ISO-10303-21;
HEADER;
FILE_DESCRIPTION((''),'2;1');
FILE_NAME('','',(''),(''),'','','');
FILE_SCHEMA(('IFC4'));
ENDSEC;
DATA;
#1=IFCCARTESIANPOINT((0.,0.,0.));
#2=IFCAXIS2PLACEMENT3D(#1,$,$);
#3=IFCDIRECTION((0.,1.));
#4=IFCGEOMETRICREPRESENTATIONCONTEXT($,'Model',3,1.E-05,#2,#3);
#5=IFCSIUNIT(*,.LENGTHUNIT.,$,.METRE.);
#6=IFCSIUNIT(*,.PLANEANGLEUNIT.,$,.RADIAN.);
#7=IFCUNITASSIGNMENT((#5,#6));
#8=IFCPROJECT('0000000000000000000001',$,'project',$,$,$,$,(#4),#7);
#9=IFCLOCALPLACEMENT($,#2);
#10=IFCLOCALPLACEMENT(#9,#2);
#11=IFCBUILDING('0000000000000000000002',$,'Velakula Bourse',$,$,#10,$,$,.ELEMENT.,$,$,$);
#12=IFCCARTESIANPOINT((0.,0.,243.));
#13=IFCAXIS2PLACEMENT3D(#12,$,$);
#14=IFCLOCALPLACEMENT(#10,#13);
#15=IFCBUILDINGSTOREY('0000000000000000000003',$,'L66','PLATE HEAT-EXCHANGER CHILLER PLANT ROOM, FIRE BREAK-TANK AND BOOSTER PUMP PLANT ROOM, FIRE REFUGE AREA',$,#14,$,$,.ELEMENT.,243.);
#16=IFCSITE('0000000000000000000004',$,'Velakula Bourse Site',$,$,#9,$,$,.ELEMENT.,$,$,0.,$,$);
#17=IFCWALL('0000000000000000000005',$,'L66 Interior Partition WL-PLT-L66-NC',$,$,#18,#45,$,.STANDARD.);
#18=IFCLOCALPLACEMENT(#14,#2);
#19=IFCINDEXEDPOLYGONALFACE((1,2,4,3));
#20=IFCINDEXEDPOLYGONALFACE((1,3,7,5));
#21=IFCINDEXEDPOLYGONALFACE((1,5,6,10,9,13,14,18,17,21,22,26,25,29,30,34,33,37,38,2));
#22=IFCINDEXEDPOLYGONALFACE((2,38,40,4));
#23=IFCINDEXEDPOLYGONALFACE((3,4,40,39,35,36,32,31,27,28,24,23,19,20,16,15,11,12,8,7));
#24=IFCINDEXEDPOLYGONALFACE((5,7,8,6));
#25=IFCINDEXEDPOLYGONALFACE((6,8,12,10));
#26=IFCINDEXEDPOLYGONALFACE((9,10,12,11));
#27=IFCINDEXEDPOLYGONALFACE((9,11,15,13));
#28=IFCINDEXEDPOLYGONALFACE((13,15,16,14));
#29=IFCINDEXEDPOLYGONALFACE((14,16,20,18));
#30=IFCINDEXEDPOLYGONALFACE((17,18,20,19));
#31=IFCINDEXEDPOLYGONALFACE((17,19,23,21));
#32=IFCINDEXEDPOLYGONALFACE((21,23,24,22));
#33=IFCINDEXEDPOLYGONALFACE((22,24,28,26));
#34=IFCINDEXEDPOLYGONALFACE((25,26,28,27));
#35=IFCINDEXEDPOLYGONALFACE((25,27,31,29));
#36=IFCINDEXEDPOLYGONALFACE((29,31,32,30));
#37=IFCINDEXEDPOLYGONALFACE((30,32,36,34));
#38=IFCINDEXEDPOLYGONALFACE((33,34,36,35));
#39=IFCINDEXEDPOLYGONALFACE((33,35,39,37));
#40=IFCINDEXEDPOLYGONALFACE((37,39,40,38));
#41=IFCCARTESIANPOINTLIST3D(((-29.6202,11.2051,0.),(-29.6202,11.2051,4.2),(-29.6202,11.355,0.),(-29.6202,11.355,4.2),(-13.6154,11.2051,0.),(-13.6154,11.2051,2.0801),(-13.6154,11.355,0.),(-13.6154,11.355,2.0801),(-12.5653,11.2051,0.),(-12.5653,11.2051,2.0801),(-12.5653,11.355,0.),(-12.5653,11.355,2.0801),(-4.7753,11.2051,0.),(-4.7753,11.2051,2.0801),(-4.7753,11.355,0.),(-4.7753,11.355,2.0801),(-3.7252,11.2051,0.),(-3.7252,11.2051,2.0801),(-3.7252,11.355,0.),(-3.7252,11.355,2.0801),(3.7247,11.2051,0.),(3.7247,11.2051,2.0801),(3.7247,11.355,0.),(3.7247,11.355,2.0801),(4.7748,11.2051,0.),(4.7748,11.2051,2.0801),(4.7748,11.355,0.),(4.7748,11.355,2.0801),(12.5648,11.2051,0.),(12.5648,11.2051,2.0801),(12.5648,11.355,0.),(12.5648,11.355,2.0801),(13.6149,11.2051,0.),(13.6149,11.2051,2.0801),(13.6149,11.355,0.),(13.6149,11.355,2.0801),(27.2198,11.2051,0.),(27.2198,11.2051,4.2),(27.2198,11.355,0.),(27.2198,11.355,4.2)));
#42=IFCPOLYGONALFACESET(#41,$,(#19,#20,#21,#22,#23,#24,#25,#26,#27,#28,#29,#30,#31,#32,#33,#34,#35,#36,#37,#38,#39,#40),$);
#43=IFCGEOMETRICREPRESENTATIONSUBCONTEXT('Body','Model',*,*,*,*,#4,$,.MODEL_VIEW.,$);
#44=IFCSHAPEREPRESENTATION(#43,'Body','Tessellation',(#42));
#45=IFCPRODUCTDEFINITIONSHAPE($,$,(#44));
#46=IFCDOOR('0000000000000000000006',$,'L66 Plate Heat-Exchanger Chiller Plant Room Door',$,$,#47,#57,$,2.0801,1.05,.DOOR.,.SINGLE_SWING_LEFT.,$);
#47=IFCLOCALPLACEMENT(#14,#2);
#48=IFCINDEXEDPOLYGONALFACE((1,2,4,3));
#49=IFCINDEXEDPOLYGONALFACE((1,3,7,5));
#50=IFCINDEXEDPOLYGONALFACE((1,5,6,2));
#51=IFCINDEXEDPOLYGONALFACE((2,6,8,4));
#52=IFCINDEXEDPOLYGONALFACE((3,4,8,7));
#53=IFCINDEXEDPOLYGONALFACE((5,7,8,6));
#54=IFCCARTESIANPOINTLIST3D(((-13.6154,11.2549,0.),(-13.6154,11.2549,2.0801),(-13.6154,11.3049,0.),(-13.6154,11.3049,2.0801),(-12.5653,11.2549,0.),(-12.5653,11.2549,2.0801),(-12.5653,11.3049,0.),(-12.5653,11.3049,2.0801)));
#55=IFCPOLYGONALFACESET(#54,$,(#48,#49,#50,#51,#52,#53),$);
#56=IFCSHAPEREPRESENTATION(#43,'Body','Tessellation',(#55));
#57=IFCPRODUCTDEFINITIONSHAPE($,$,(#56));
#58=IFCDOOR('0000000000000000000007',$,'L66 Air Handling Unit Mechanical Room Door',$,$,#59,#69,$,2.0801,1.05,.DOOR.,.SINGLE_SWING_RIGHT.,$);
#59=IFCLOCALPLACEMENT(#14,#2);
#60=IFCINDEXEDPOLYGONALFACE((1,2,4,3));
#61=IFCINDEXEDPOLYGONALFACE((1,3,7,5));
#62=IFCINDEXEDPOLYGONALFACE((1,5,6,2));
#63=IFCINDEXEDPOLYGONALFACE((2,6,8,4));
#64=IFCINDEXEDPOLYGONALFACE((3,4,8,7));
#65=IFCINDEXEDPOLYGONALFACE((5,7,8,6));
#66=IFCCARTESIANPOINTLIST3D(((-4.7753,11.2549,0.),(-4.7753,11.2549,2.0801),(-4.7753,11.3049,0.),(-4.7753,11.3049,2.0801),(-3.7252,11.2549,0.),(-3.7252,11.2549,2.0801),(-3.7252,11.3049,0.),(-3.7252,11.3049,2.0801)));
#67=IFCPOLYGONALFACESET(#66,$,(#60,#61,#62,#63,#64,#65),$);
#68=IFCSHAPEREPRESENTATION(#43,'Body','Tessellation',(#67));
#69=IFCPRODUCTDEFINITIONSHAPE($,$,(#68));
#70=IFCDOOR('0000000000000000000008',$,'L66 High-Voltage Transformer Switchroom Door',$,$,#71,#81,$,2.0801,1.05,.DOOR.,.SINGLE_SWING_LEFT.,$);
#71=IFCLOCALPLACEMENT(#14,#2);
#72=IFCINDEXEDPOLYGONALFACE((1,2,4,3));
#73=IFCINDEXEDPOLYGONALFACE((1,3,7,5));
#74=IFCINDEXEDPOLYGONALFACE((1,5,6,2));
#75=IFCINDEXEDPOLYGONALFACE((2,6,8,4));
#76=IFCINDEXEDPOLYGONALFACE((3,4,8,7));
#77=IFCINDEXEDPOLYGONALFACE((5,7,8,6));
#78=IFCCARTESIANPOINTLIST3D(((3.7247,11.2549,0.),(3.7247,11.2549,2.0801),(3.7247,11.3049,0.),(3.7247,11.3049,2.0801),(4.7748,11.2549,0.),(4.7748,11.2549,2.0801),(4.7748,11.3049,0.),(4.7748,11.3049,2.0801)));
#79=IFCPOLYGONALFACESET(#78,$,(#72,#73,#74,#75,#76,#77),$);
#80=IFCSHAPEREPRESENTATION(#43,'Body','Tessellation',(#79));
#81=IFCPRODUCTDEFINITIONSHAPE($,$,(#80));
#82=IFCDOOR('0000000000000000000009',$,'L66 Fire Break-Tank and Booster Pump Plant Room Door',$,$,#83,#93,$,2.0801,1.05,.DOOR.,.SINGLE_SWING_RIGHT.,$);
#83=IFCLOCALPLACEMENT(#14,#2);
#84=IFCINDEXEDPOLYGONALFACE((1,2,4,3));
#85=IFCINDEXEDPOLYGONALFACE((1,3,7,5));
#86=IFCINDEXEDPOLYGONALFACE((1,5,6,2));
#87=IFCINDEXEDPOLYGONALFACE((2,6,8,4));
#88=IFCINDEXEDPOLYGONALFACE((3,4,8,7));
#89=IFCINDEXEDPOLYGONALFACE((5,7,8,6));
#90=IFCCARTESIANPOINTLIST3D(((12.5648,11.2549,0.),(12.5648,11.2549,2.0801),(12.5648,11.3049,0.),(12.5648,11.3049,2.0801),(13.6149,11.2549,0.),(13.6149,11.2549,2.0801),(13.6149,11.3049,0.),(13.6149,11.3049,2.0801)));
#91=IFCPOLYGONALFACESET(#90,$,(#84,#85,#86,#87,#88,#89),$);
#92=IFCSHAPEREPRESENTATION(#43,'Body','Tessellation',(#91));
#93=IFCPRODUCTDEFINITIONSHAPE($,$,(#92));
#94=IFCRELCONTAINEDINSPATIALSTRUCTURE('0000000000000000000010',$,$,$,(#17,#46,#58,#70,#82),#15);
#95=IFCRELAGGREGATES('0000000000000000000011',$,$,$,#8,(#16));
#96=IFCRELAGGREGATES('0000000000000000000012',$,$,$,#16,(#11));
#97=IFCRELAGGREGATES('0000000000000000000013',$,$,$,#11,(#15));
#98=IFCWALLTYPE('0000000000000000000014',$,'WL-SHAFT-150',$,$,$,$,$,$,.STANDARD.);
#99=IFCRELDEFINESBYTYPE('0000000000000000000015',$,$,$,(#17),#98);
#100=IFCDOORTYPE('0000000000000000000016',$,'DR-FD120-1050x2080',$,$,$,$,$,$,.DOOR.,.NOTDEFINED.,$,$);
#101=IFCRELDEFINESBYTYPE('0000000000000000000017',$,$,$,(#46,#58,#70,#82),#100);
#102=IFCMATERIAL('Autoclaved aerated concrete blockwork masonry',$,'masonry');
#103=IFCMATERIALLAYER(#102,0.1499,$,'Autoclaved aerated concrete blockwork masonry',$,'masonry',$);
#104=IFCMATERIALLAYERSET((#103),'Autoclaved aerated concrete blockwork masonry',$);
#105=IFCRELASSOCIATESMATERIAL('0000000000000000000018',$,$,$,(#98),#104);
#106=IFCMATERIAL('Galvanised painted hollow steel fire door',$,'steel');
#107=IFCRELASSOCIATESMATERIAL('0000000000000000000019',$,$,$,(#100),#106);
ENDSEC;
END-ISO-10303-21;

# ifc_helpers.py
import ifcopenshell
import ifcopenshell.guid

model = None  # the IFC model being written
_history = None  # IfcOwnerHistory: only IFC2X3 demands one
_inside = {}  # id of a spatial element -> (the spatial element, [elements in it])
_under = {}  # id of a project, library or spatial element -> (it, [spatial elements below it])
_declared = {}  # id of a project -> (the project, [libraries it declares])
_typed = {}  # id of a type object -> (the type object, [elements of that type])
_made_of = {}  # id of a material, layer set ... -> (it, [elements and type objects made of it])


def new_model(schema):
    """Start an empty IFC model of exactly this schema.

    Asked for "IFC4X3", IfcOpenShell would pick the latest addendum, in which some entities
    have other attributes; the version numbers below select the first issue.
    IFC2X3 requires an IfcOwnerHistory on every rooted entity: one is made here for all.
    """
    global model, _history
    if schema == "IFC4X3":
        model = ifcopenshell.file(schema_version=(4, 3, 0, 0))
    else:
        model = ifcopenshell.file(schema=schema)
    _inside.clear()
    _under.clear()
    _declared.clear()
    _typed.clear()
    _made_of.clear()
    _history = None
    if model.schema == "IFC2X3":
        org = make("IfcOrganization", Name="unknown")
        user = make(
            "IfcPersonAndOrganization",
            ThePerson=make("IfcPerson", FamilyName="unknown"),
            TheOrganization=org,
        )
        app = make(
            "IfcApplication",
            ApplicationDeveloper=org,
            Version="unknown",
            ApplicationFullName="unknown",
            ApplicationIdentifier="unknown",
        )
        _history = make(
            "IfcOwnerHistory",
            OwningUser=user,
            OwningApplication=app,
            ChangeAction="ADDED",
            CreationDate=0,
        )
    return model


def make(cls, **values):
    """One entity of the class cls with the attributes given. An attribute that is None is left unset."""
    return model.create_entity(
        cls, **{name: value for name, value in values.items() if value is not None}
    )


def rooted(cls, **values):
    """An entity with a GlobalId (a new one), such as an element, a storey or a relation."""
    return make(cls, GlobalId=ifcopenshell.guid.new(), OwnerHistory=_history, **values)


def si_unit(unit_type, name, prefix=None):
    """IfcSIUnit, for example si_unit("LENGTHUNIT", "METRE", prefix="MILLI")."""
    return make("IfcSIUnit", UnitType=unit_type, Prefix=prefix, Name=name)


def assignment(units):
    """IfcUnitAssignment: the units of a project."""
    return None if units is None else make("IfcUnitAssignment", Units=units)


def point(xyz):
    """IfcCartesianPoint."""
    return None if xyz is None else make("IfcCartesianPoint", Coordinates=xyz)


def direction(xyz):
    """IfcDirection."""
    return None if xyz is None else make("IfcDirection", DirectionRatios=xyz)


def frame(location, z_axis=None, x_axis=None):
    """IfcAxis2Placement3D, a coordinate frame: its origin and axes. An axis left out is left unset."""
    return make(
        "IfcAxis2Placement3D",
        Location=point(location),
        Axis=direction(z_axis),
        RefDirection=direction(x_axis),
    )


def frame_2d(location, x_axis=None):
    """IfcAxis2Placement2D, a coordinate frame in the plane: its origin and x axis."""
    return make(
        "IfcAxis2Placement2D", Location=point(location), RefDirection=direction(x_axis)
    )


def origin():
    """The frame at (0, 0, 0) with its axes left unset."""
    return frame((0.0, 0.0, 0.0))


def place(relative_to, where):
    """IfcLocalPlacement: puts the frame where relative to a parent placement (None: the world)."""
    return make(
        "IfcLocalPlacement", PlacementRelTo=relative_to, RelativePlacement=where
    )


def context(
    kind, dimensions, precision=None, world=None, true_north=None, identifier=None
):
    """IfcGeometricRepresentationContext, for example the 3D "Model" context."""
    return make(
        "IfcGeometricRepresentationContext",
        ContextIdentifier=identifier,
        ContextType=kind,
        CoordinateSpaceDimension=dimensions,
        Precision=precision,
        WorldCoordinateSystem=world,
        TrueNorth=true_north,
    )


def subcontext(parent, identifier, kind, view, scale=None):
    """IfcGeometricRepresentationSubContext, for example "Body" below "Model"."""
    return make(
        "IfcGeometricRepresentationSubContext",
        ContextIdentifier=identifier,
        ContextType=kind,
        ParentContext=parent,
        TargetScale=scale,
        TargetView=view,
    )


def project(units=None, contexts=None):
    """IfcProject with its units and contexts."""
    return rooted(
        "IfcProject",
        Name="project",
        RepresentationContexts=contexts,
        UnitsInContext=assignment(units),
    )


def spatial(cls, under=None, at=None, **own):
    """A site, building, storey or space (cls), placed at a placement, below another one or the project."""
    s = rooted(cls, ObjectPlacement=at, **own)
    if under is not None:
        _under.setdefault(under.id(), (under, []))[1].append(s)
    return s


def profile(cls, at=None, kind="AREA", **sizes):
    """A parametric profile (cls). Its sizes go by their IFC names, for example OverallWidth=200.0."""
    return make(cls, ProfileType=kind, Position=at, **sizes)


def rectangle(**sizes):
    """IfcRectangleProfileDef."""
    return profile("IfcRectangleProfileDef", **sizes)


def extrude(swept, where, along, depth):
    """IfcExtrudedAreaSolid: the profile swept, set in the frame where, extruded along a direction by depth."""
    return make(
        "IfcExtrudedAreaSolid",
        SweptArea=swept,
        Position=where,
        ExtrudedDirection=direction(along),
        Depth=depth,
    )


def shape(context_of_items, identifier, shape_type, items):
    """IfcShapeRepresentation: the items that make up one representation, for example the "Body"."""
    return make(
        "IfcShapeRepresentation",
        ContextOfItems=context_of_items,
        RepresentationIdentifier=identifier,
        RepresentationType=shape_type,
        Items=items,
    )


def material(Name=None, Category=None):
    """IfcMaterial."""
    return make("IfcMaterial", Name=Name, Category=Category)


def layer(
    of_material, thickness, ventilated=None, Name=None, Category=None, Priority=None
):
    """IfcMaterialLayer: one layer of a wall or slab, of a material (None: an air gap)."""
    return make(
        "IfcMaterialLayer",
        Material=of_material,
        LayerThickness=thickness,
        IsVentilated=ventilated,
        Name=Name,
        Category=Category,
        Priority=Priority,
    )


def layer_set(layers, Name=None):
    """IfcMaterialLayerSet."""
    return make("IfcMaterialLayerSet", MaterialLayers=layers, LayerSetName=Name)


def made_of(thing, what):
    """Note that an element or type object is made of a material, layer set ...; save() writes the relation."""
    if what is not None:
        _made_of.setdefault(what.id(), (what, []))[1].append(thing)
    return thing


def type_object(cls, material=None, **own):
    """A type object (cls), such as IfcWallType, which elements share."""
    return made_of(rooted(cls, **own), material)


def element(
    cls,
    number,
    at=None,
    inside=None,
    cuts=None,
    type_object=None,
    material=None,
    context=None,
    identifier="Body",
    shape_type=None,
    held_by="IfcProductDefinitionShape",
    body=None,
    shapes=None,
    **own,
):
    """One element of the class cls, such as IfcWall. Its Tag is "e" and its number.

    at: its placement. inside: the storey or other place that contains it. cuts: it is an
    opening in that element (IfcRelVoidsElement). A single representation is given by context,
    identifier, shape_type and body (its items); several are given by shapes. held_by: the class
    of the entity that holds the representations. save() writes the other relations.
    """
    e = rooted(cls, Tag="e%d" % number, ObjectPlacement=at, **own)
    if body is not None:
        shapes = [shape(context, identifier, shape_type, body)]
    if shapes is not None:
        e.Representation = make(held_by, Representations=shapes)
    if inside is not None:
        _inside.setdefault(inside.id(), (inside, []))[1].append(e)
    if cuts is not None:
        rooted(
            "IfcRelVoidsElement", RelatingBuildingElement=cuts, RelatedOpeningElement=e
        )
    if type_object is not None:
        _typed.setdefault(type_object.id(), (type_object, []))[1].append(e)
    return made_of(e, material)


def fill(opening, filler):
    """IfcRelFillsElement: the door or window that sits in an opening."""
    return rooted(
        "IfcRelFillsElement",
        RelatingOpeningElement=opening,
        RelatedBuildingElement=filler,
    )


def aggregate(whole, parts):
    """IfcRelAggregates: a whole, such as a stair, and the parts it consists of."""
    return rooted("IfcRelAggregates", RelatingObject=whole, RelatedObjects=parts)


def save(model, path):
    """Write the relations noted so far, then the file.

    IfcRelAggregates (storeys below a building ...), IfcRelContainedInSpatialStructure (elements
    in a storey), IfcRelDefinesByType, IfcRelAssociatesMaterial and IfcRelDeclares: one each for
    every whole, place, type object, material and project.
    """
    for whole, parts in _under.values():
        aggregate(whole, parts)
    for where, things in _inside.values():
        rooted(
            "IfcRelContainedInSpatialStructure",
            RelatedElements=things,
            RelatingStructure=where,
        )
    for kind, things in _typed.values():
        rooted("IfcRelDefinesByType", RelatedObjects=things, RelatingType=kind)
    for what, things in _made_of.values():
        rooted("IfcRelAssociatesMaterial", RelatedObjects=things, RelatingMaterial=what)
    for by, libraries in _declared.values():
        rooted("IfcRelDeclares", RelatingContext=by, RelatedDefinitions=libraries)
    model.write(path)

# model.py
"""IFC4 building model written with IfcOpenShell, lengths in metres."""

from ifc_helpers import new_model, si_unit, direction, frame, frame_2d, origin, place, context, subcontext, project, spatial, rectangle, extrude, material, layer, layer_set, type_object, element, fill, save


model = new_model("IFC4")

# Units and contexts
model_context = context("Model", 3, precision=1e-05, world=origin(), true_north=direction((0.0, 1.0)))
body_context = subcontext(model_context, "Body", "Model", "MODEL_VIEW")
ifc_project = project(units=[si_unit("LENGTHUNIT", "METRE"), si_unit("PLANEANGLEUNIT", "RADIAN")], contexts=[model_context])

# Site, building, storey
site_placement = place(None, origin())
site = spatial("IfcSite", under=ifc_project, at=site_placement, Name="Velakula Bourse Site", CompositionType="ELEMENT", RefElevation=0.0)
building_placement = place(site_placement, origin())
building = spatial("IfcBuilding", under=site, at=building_placement, Name="Velakula Bourse", CompositionType="ELEMENT")
storey_placement = place(building_placement, frame((0.0, 0.0, 243.0)))
storey = spatial("IfcBuildingStorey", under=building, at=storey_placement, Name="L66", Description="PLATE HEAT-EXCHANGER CHILLER PLANT ROOM, FIRE BREAK-TANK AND BOOSTER PUMP PLANT ROOM, FIRE REFUGE AREA", CompositionType="ELEMENT", Elevation=243.0)

# Wall, openings, doors
ifc_material_1 = material(Name="Autoclaved aerated concrete blockwork masonry", Category="masonry")
ifc_layer_1 = layer(ifc_material_1, 0.1499, Name="Autoclaved aerated concrete blockwork masonry", Category="masonry")
ifc_layer_set_1 = layer_set([ifc_layer_1], Name="Autoclaved aerated concrete blockwork masonry")
wall_type_1 = type_object("IfcWallType", Name="WL-SHAFT-150", PredefinedType="STANDARD", material=ifc_layer_set_1)
wall_1_placement = place(storey_placement, frame((-29.6201, 11.28, 0.0), z_axis=(0.0, 0.0, 1.0), x_axis=(1.0, 0.0, 0.0)))
wall_1 = element("IfcWall", 1, at=wall_1_placement, inside=storey, type_object=wall_type_1, Name="L66 Interior Partition WL-PLT-L66-NC", PredefinedType="STANDARD", context=body_context, shape_type="SweptSolid", body=[
    extrude(rectangle(XDim=56.8401, YDim=0.1499, at=frame_2d((28.4199, 0.0))), origin(), (0.0, 0.0, 1.0), 4.2),
])
opening_1_placement = place(wall_1_placement, frame((16.0049, 0.0, 0.0)))
opening_1 = element("IfcOpeningElement", 2, at=opening_1_placement, cuts=wall_1, PredefinedType="OPENING", context=body_context, shape_type="SweptSolid", body=[
    extrude(rectangle(XDim=1.05, YDim=2.0801, at=frame_2d((0.5249, 1.04))), frame((0.0, 0.085, 0.0), z_axis=(0.0, -1.0, 0.0), x_axis=(1.0, 0.0, 0.0)), (0.0, 0.0, 1.0), 0.1699),
])
opening_2_placement = place(wall_1_placement, frame((24.845, 0.0, 0.0)))
opening_2 = element("IfcOpeningElement", 3, at=opening_2_placement, cuts=wall_1, PredefinedType="OPENING", context=body_context, shape_type="SweptSolid", body=[
    extrude(rectangle(XDim=1.05, YDim=2.0801, at=frame_2d((0.5249, 1.04))), frame((0.0, 0.085, 0.0), z_axis=(0.0, -1.0, 0.0), x_axis=(1.0, 0.0, 0.0)), (0.0, 0.0, 1.0), 0.1699),
])
opening_3_placement = place(wall_1_placement, frame((33.345, 0.0, 0.0)))
opening_3 = element("IfcOpeningElement", 4, at=opening_3_placement, cuts=wall_1, PredefinedType="OPENING", context=body_context, shape_type="SweptSolid", body=[
    extrude(rectangle(XDim=1.05, YDim=2.0801, at=frame_2d((0.5249, 1.04))), frame((0.0, 0.085, 0.0), z_axis=(0.0, -1.0, 0.0), x_axis=(1.0, 0.0, 0.0)), (0.0, 0.0, 1.0), 0.1699),
])
opening_4_placement = place(wall_1_placement, frame((42.1851, 0.0, 0.0)))
opening_4 = element("IfcOpeningElement", 5, at=opening_4_placement, cuts=wall_1, PredefinedType="OPENING", context=body_context, shape_type="SweptSolid", body=[
    extrude(rectangle(XDim=1.05, YDim=2.0801, at=frame_2d((0.5249, 1.04))), frame((0.0, 0.085, 0.0), z_axis=(0.0, -1.0, 0.0), x_axis=(1.0, 0.0, 0.0)), (0.0, 0.0, 1.0), 0.1699),
])
ifc_material_2 = material(Name="Galvanised painted hollow steel fire door", Category="steel")
door_type_1 = type_object("IfcDoorType", Name="DR-FD120-1050x2080", OperationType="NOTDEFINED", PredefinedType="DOOR", material=ifc_material_2)
door_1_placement = place(opening_1_placement, origin())
door_1 = element("IfcDoor", 6, at=door_1_placement, inside=storey, type_object=door_type_1, Name="L66 Plate Heat-Exchanger Chiller Plant Room Door", OperationType="SINGLE_SWING_LEFT", OverallHeight=2.0801, OverallWidth=1.05, PredefinedType="DOOR", context=body_context, shape_type="SweptSolid", body=[
    extrude(rectangle(XDim=1.05, YDim=2.0801, at=frame_2d((0.5249, 1.04))), frame((0.0, 0.0249, 0.0), z_axis=(0.0, -1.0, 0.0), x_axis=(1.0, 0.0, 0.0)), (0.0, 0.0, 1.0), 0.05),
])
fill(opening_1, door_1)
door_2_placement = place(opening_2_placement, origin())
door_2 = element("IfcDoor", 7, at=door_2_placement, inside=storey, type_object=door_type_1, Name="L66 Air Handling Unit Mechanical Room Door", OperationType="SINGLE_SWING_RIGHT", OverallHeight=2.0801, OverallWidth=1.05, PredefinedType="DOOR", context=body_context, shape_type="SweptSolid", body=[
    extrude(rectangle(XDim=1.05, YDim=2.0801, at=frame_2d((0.5249, 1.04))), frame((0.0, 0.0249, 0.0), z_axis=(0.0, -1.0, 0.0), x_axis=(1.0, 0.0, 0.0)), (0.0, 0.0, 1.0), 0.05),
])
fill(opening_2, door_2)
door_3_placement = place(opening_3_placement, origin())
door_3 = element("IfcDoor", 8, at=door_3_placement, inside=storey, type_object=door_type_1, Name="L66 High-Voltage Transformer Switchroom Door", OperationType="SINGLE_SWING_LEFT", OverallHeight=2.0801, OverallWidth=1.05, PredefinedType="DOOR", context=body_context, shape_type="SweptSolid", body=[
    extrude(rectangle(XDim=1.05, YDim=2.0801, at=frame_2d((0.5249, 1.04))), frame((0.0, 0.0249, 0.0), z_axis=(0.0, -1.0, 0.0), x_axis=(1.0, 0.0, 0.0)), (0.0, 0.0, 1.0), 0.05),
])
fill(opening_3, door_3)
door_4_placement = place(opening_4_placement, origin())
door_4 = element("IfcDoor", 9, at=door_4_placement, inside=storey, type_object=door_type_1, Name="L66 Fire Break-Tank and Booster Pump Plant Room Door", OperationType="SINGLE_SWING_RIGHT", OverallHeight=2.0801, OverallWidth=1.05, PredefinedType="DOOR", context=body_context, shape_type="SweptSolid", body=[
    extrude(rectangle(XDim=1.05, YDim=2.0801, at=frame_2d((0.5249, 1.04))), frame((0.0, 0.0249, 0.0), z_axis=(0.0, -1.0, 0.0), x_axis=(1.0, 0.0, 0.0)), (0.0, 0.0, 1.0), 0.05),
])
fill(opening_4, door_4)

save(model, "model.ifc")
